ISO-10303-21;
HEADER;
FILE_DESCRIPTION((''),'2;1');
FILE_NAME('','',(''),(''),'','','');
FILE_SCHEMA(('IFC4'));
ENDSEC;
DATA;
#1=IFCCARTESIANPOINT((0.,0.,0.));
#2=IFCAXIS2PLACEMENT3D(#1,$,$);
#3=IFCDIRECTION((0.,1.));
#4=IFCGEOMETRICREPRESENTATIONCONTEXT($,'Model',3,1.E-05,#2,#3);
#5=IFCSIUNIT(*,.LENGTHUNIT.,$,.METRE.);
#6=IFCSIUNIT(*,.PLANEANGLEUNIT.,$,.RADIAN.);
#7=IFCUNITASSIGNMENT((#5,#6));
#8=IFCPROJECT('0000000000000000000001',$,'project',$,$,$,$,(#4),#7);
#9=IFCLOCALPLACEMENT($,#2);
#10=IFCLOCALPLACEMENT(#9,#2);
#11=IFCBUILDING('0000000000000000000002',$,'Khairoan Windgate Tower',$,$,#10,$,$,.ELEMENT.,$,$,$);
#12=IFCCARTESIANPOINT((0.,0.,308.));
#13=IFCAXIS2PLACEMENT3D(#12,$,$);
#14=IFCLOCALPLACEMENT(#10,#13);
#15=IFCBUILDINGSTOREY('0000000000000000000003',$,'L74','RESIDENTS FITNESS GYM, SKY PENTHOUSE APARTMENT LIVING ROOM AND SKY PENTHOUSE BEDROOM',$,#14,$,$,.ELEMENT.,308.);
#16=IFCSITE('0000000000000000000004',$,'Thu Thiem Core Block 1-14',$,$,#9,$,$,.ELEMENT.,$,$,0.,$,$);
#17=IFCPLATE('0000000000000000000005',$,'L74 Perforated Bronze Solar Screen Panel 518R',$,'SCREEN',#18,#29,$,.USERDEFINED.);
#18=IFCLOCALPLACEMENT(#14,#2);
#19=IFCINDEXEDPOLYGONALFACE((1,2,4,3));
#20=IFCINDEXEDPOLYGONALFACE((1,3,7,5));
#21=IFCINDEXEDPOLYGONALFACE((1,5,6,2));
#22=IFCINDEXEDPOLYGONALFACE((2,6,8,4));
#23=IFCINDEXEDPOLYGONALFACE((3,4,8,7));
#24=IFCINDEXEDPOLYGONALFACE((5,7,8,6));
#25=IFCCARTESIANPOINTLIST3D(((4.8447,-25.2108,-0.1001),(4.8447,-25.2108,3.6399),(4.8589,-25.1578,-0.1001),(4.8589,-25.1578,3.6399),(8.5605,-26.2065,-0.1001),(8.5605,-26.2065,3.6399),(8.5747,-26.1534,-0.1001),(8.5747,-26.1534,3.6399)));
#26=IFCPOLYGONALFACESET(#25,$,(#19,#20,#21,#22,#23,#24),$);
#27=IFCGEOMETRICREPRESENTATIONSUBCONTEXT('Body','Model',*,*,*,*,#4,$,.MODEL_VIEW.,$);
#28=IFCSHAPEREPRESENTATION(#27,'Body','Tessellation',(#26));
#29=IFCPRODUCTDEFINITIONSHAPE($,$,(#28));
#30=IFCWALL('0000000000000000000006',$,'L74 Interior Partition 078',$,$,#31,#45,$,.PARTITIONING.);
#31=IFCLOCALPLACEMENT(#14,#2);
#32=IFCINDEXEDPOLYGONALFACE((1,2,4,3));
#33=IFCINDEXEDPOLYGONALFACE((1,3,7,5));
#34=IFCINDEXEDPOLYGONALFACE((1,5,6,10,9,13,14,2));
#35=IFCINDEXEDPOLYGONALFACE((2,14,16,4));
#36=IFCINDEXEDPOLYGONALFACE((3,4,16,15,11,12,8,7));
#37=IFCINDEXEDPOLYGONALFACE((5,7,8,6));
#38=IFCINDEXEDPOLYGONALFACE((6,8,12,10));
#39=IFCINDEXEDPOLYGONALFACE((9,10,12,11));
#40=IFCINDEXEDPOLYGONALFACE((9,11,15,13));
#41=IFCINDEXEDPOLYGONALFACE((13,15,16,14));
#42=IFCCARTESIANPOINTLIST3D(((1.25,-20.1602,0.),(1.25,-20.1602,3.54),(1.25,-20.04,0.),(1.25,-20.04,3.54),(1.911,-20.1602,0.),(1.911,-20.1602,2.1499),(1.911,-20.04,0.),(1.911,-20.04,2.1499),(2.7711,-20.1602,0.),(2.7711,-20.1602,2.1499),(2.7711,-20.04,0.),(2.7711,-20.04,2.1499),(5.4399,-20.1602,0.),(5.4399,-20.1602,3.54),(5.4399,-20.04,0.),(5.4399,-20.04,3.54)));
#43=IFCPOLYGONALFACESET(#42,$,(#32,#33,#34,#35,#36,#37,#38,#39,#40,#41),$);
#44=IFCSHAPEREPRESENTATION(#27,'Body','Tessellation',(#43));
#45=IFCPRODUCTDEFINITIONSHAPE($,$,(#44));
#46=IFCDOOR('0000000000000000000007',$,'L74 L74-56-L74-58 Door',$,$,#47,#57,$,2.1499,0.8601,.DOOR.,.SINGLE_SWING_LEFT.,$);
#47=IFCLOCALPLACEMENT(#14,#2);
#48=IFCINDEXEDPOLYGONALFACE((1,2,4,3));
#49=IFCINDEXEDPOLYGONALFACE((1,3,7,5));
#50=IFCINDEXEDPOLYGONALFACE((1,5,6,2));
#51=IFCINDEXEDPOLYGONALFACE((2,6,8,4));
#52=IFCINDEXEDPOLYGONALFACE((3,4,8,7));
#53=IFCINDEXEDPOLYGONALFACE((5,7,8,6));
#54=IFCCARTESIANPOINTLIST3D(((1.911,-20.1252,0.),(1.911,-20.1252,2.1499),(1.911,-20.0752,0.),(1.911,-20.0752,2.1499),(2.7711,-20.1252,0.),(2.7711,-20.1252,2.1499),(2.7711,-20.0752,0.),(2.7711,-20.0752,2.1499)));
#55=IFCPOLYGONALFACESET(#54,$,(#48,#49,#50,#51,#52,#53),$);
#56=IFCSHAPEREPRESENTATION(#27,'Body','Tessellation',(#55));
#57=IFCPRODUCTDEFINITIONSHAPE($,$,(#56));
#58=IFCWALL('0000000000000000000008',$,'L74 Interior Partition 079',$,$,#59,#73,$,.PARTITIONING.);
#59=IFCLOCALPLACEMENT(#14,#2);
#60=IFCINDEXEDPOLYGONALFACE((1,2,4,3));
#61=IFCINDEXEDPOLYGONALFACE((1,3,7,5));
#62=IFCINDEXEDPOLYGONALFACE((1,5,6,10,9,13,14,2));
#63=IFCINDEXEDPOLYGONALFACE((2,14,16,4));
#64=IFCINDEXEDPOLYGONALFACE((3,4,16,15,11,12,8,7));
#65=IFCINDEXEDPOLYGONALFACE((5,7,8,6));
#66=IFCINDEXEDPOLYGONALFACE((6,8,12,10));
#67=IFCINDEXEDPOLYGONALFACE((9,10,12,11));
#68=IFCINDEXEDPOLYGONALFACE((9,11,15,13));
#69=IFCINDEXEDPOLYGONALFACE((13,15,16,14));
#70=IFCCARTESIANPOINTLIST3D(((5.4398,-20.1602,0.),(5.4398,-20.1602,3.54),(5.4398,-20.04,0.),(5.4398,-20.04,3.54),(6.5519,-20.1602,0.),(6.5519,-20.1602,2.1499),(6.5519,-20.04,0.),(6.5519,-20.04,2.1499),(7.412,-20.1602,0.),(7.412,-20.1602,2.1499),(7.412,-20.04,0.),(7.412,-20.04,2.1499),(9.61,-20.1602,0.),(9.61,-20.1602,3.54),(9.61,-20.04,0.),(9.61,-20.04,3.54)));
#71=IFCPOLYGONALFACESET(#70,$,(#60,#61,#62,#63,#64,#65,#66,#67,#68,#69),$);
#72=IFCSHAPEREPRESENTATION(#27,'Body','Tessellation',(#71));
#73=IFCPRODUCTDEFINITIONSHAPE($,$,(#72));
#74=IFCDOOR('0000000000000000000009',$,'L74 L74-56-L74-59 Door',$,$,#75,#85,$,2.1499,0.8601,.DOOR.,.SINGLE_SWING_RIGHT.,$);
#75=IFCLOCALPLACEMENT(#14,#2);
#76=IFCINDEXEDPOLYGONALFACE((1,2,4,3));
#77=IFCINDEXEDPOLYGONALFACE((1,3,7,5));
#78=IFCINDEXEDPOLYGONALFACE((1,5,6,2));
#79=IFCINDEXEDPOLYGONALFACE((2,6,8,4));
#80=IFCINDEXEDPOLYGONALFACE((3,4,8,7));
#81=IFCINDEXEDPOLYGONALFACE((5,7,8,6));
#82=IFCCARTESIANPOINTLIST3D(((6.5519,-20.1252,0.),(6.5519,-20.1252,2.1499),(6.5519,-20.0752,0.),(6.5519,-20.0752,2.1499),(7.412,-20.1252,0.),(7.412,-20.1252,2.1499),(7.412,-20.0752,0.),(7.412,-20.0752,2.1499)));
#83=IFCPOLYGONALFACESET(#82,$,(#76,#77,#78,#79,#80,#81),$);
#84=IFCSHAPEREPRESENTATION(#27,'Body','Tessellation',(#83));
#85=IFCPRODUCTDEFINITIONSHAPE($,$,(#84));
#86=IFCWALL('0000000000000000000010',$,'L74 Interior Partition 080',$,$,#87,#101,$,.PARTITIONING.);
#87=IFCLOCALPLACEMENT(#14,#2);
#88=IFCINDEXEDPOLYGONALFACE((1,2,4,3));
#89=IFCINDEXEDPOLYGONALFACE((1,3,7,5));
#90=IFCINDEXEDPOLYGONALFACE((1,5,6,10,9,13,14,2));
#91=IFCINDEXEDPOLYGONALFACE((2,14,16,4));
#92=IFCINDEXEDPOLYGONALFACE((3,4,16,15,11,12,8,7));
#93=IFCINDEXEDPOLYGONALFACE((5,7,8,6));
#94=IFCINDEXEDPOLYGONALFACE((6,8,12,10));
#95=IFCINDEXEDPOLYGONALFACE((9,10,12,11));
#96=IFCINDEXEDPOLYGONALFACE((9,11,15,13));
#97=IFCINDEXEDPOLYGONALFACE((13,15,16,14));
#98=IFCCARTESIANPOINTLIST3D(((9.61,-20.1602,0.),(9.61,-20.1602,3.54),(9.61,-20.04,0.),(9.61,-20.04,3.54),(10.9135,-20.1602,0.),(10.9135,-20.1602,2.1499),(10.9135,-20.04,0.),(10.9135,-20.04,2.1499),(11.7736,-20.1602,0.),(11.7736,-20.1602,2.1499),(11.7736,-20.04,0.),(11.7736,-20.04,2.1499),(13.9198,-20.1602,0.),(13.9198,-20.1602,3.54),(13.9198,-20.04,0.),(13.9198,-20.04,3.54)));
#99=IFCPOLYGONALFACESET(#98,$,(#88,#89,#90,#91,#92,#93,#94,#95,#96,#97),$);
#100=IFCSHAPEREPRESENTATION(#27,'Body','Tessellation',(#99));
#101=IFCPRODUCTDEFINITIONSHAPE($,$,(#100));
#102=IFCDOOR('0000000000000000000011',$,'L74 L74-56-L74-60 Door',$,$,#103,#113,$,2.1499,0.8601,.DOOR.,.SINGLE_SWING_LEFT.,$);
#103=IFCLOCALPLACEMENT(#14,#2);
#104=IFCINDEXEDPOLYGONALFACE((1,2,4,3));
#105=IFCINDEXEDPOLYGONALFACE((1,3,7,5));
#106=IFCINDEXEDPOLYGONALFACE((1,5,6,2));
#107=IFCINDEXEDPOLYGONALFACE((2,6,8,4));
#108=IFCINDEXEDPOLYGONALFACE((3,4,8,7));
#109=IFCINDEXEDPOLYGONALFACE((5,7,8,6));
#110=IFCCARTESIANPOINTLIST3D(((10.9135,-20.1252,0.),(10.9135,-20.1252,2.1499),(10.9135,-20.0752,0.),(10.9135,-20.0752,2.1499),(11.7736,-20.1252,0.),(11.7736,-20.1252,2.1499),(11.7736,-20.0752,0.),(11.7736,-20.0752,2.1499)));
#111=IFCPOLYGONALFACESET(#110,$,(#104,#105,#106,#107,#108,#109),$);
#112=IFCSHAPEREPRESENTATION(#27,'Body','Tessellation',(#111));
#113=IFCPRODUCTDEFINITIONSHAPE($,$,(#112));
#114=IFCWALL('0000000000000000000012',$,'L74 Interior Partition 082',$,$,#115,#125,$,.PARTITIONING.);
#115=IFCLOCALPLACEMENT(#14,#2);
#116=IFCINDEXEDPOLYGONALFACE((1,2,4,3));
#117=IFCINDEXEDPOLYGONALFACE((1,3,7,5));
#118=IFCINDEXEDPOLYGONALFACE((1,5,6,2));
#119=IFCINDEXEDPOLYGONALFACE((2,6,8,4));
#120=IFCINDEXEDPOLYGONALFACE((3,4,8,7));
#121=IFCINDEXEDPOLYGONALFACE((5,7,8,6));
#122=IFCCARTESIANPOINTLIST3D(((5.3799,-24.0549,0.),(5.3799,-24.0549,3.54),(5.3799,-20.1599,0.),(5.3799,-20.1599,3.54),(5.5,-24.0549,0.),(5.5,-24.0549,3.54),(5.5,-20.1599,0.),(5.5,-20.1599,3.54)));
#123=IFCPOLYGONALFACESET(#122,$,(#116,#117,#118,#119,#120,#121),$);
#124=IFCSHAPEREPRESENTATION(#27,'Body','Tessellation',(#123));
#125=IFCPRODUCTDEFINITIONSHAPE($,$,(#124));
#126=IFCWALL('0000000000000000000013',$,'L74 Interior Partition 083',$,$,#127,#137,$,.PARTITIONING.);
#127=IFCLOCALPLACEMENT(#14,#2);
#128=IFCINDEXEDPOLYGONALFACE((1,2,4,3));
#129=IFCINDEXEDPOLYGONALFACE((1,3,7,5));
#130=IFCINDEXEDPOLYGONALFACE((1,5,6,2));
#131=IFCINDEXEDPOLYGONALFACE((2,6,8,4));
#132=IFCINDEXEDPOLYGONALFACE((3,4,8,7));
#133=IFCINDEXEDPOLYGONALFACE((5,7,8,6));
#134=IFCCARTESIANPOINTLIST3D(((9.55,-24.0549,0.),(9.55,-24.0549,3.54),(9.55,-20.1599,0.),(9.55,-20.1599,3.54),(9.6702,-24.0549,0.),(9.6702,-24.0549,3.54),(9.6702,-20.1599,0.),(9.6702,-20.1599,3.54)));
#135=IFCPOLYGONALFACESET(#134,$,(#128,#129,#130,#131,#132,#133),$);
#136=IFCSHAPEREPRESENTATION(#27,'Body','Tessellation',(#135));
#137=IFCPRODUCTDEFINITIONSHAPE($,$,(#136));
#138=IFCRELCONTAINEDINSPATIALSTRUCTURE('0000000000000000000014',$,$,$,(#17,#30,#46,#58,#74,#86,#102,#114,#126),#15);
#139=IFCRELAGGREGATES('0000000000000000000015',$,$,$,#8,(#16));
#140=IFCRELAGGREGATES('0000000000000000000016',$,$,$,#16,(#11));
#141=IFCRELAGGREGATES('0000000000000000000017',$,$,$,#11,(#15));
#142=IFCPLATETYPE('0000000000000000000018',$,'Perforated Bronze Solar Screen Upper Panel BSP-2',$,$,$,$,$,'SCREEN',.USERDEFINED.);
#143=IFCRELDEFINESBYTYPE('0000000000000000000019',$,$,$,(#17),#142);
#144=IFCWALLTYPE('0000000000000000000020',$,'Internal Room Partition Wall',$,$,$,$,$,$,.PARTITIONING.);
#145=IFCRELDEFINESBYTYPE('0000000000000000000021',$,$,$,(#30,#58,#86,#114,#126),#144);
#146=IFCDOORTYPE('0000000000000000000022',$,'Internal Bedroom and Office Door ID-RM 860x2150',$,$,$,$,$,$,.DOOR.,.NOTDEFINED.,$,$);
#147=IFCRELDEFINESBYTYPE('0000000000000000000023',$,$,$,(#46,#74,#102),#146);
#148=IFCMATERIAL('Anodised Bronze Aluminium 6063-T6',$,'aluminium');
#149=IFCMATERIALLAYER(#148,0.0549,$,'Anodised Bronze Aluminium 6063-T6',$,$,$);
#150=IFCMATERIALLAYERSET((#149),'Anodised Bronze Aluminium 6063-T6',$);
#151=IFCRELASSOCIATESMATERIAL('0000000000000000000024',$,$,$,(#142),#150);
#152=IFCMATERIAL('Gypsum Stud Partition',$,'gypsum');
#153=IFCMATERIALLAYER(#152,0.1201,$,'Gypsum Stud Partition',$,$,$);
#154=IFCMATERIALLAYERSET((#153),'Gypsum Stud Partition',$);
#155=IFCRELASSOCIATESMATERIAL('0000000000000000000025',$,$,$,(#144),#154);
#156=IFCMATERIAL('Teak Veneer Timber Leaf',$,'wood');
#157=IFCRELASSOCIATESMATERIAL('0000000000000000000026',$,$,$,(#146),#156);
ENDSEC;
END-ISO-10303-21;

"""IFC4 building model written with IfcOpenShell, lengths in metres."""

from ifc_helpers import new_model, si_unit, direction, frame, frame_2d, origin, origin_2d, place, context, subcontext, project, spatial, rectangle, extrude, material, layer, layer_set, type_object, element, fill, save


model = new_model("IFC4")

# Units and contexts
model_context = context("Model", 3, precision=1e-05, world=origin(), true_north=direction((0.0, 1.0)))
body_context = subcontext(model_context, "Body", "Model", "MODEL_VIEW")
ifc_project = project(units=[si_unit("LENGTHUNIT", "METRE"), si_unit("PLANEANGLEUNIT", "RADIAN")], contexts=[model_context])

# Site, building, storey
site_placement = place(None, origin())
site = spatial("IfcSite", under=ifc_project, at=site_placement, Name="Thu Thiem Core Block 1-14", CompositionType="ELEMENT", RefElevation=0.0)
building_placement = place(site_placement, origin())
building = spatial("IfcBuilding", under=site, at=building_placement, Name="Khairoan Windgate Tower", CompositionType="ELEMENT")
storey_placement = place(building_placement, frame((0.0, 0.0, 308.0)))
storey = spatial("IfcBuildingStorey", under=building, at=storey_placement, Name="L74", Description="RESIDENTS FITNESS GYM, SKY PENTHOUSE APARTMENT LIVING ROOM AND SKY PENTHOUSE BEDROOM", CompositionType="ELEMENT", Elevation=308.0)

# Plate
ifc_material_1 = material(Name="Anodised Bronze Aluminium 6063-T6", Category="aluminium")
ifc_layer_1 = layer(ifc_material_1, 0.0549, Name="Anodised Bronze Aluminium 6063-T6")
ifc_layer_set_1 = layer_set([ifc_layer_1], Name="Anodised Bronze Aluminium 6063-T6")
plate_type = type_object("IfcPlateType", Name="Perforated Bronze Solar Screen Upper Panel BSP-2", ElementType="SCREEN", PredefinedType="USERDEFINED", material=ifc_layer_set_1)
plate_placement = place(storey_placement, frame((6.7097, -25.6821, -0.1001), z_axis=(0.0, 0.0, 1.0), x_axis=(-0.965926, 0.258819, 0.0)))
element("IfcPlate", 1, at=plate_placement, inside=storey, type_object=plate_type, Name="L74 Perforated Bronze Solar Screen Panel 518R", ObjectType="SCREEN", PredefinedType="USERDEFINED", context=body_context, shape_type="SweptSolid", body=[
    extrude(rectangle(XDim=3.8469, YDim=0.0549, at=origin_2d()), origin(), (0.0, 0.0, 1.0), 3.74),
])

# Walls, openings, doors
ifc_material_2 = material(Name="Gypsum Stud Partition", Category="gypsum")
ifc_layer_2 = layer(ifc_material_2, 0.1201, Name="Gypsum Stud Partition")
ifc_layer_set_2 = layer_set([ifc_layer_2], Name="Gypsum Stud Partition")
wall_type_1 = type_object("IfcWallType", Name="Internal Room Partition Wall", PredefinedType="PARTITIONING", material=ifc_layer_set_2)
wall_1_placement = place(storey_placement, frame((1.25, -20.1001, 0.0), z_axis=(0.0, 0.0, 1.0), x_axis=(1.0, 0.0, 0.0)))
wall_1 = element("IfcWall", 2, at=wall_1_placement, inside=storey, type_object=wall_type_1, Name="L74 Interior Partition 078", PredefinedType="PARTITIONING", context=body_context, shape_type="SweptSolid", body=[
    extrude(rectangle(XDim=4.1899, YDim=0.1201, at=frame_2d((2.095, 0.0))), origin(), (0.0, 0.0, 1.0), 3.54),
])
opening_1_placement = place(wall_1_placement, frame((0.6609, 0.0, 0.0)))
opening_1 = element("IfcOpeningElement", 3, at=opening_1_placement, cuts=wall_1, PredefinedType="OPENING", context=body_context, shape_type="SweptSolid", body=[
    extrude(rectangle(XDim=0.8601, YDim=2.1499, at=frame_2d((0.4302, 1.075))), frame((0.0, 0.0701, 0.0), z_axis=(0.0, -1.0, 0.0), x_axis=(1.0, 0.0, 0.0)), (0.0, 0.0, 1.0), 0.1401),
])
ifc_material_3 = material(Name="Teak Veneer Timber Leaf", Category="wood")
door_type_1 = type_object("IfcDoorType", Name="Internal Bedroom and Office Door ID-RM 860x2150", OperationType="NOTDEFINED", PredefinedType="DOOR", material=ifc_material_3)
door_1_placement = place(opening_1_placement, origin())
door_1 = element("IfcDoor", 4, at=door_1_placement, inside=storey, type_object=door_type_1, Name="L74 L74-56-L74-58 Door", OperationType="SINGLE_SWING_LEFT", OverallHeight=2.1499, OverallWidth=0.8601, PredefinedType="DOOR", context=body_context, shape_type="SweptSolid", body=[
    extrude(rectangle(XDim=0.8601, YDim=2.1499, at=frame_2d((0.4302, 1.075))), frame((0.0, 0.0249, 0.0), z_axis=(0.0, -1.0, 0.0), x_axis=(1.0, 0.0, 0.0)), (0.0, 0.0, 1.0), 0.05),
])
fill(opening_1, door_1)
wall_2_placement = place(storey_placement, frame((5.4399, -20.1001, 0.0), z_axis=(0.0, 0.0, 1.0), x_axis=(1.0, 0.0, 0.0)))
wall_2 = element("IfcWall", 5, at=wall_2_placement, inside=storey, type_object=wall_type_1, Name="L74 Interior Partition 079", PredefinedType="PARTITIONING", context=body_context, shape_type="SweptSolid", body=[
    extrude(rectangle(XDim=4.1702, YDim=0.1201, at=frame_2d((2.085, 0.0))), origin(), (0.0, 0.0, 1.0), 3.54),
])
opening_2_placement = place(wall_2_placement, frame((1.1118, 0.0, 0.0)))
opening_2 = element("IfcOpeningElement", 6, at=opening_2_placement, cuts=wall_2, PredefinedType="OPENING", context=body_context, shape_type="SweptSolid", body=[
    extrude(rectangle(XDim=0.8601, YDim=2.1499, at=frame_2d((0.4302, 1.075))), frame((0.0, 0.0701, 0.0), z_axis=(0.0, -1.0, 0.0), x_axis=(1.0, 0.0, 0.0)), (0.0, 0.0, 1.0), 0.1401),
])
door_2_placement = place(opening_2_placement, origin())
door_2 = element("IfcDoor", 7, at=door_2_placement, inside=storey, type_object=door_type_1, Name="L74 L74-56-L74-59 Door", OperationType="SINGLE_SWING_RIGHT", OverallHeight=2.1499, OverallWidth=0.8601, PredefinedType="DOOR", context=body_context, shape_type="SweptSolid", body=[
    extrude(rectangle(XDim=0.8601, YDim=2.1499, at=frame_2d((0.4302, 1.075))), frame((0.0, 0.0249, 0.0), z_axis=(0.0, -1.0, 0.0), x_axis=(1.0, 0.0, 0.0)), (0.0, 0.0, 1.0), 0.05),
])
fill(opening_2, door_2)
wall_3_placement = place(storey_placement, frame((9.6101, -20.1001, 0.0), z_axis=(0.0, 0.0, 1.0), x_axis=(1.0, 0.0, 0.0)))
wall_3 = element("IfcWall", 8, at=wall_3_placement, inside=storey, type_object=wall_type_1, Name="L74 Interior Partition 080", PredefinedType="PARTITIONING", context=body_context, shape_type="SweptSolid", body=[
    extrude(rectangle(XDim=4.3098, YDim=0.1201, at=frame_2d((2.1548, 0.0))), origin(), (0.0, 0.0, 1.0), 3.54),
])
opening_3_placement = place(wall_3_placement, frame((1.3032, 0.0, 0.0)))
opening_3 = element("IfcOpeningElement", 9, at=opening_3_placement, cuts=wall_3, PredefinedType="OPENING", context=body_context, shape_type="SweptSolid", body=[
    extrude(rectangle(XDim=0.8601, YDim=2.1499, at=frame_2d((0.4302, 1.075))), frame((0.0, 0.0701, 0.0), z_axis=(0.0, -1.0, 0.0), x_axis=(1.0, 0.0, 0.0)), (0.0, 0.0, 1.0), 0.1401),
])
door_3_placement = place(opening_3_placement, origin())
door_3 = element("IfcDoor", 10, at=door_3_placement, inside=storey, type_object=door_type_1, Name="L74 L74-56-L74-60 Door", OperationType="SINGLE_SWING_LEFT", OverallHeight=2.1499, OverallWidth=0.8601, PredefinedType="DOOR", context=body_context, shape_type="SweptSolid", body=[
    extrude(rectangle(XDim=0.8601, YDim=2.1499, at=frame_2d((0.4302, 1.075))), frame((0.0, 0.0249, 0.0), z_axis=(0.0, -1.0, 0.0), x_axis=(1.0, 0.0, 0.0)), (0.0, 0.0, 1.0), 0.05),
])
fill(opening_3, door_3)

# Walls
for number, where, z_axis, x_axis, name in (
    (11, (5.4399, -24.0549, 0.0), (0.0, 0.0, 1.0), (0.0, 1.0, 0.0), "L74 Interior Partition 082"),
    (12, (9.6101, -24.0549, 0.0), (0.0, 0.0, 1.0), (0.0, 1.0, 0.0), "L74 Interior Partition 083"),
):
    element("IfcWall", number, at=place(storey_placement, frame(where, z_axis=z_axis, x_axis=x_axis)), inside=storey, type_object=wall_type_1, Name=name, PredefinedType="PARTITIONING", context=body_context, shape_type="SweptSolid", body=[
        extrude(rectangle(XDim=3.895, YDim=0.1201, at=frame_2d((1.9475, 0.0))), origin(), (0.0, 0.0, 1.0), 3.54),
    ])

save(model, "model.ifc")
